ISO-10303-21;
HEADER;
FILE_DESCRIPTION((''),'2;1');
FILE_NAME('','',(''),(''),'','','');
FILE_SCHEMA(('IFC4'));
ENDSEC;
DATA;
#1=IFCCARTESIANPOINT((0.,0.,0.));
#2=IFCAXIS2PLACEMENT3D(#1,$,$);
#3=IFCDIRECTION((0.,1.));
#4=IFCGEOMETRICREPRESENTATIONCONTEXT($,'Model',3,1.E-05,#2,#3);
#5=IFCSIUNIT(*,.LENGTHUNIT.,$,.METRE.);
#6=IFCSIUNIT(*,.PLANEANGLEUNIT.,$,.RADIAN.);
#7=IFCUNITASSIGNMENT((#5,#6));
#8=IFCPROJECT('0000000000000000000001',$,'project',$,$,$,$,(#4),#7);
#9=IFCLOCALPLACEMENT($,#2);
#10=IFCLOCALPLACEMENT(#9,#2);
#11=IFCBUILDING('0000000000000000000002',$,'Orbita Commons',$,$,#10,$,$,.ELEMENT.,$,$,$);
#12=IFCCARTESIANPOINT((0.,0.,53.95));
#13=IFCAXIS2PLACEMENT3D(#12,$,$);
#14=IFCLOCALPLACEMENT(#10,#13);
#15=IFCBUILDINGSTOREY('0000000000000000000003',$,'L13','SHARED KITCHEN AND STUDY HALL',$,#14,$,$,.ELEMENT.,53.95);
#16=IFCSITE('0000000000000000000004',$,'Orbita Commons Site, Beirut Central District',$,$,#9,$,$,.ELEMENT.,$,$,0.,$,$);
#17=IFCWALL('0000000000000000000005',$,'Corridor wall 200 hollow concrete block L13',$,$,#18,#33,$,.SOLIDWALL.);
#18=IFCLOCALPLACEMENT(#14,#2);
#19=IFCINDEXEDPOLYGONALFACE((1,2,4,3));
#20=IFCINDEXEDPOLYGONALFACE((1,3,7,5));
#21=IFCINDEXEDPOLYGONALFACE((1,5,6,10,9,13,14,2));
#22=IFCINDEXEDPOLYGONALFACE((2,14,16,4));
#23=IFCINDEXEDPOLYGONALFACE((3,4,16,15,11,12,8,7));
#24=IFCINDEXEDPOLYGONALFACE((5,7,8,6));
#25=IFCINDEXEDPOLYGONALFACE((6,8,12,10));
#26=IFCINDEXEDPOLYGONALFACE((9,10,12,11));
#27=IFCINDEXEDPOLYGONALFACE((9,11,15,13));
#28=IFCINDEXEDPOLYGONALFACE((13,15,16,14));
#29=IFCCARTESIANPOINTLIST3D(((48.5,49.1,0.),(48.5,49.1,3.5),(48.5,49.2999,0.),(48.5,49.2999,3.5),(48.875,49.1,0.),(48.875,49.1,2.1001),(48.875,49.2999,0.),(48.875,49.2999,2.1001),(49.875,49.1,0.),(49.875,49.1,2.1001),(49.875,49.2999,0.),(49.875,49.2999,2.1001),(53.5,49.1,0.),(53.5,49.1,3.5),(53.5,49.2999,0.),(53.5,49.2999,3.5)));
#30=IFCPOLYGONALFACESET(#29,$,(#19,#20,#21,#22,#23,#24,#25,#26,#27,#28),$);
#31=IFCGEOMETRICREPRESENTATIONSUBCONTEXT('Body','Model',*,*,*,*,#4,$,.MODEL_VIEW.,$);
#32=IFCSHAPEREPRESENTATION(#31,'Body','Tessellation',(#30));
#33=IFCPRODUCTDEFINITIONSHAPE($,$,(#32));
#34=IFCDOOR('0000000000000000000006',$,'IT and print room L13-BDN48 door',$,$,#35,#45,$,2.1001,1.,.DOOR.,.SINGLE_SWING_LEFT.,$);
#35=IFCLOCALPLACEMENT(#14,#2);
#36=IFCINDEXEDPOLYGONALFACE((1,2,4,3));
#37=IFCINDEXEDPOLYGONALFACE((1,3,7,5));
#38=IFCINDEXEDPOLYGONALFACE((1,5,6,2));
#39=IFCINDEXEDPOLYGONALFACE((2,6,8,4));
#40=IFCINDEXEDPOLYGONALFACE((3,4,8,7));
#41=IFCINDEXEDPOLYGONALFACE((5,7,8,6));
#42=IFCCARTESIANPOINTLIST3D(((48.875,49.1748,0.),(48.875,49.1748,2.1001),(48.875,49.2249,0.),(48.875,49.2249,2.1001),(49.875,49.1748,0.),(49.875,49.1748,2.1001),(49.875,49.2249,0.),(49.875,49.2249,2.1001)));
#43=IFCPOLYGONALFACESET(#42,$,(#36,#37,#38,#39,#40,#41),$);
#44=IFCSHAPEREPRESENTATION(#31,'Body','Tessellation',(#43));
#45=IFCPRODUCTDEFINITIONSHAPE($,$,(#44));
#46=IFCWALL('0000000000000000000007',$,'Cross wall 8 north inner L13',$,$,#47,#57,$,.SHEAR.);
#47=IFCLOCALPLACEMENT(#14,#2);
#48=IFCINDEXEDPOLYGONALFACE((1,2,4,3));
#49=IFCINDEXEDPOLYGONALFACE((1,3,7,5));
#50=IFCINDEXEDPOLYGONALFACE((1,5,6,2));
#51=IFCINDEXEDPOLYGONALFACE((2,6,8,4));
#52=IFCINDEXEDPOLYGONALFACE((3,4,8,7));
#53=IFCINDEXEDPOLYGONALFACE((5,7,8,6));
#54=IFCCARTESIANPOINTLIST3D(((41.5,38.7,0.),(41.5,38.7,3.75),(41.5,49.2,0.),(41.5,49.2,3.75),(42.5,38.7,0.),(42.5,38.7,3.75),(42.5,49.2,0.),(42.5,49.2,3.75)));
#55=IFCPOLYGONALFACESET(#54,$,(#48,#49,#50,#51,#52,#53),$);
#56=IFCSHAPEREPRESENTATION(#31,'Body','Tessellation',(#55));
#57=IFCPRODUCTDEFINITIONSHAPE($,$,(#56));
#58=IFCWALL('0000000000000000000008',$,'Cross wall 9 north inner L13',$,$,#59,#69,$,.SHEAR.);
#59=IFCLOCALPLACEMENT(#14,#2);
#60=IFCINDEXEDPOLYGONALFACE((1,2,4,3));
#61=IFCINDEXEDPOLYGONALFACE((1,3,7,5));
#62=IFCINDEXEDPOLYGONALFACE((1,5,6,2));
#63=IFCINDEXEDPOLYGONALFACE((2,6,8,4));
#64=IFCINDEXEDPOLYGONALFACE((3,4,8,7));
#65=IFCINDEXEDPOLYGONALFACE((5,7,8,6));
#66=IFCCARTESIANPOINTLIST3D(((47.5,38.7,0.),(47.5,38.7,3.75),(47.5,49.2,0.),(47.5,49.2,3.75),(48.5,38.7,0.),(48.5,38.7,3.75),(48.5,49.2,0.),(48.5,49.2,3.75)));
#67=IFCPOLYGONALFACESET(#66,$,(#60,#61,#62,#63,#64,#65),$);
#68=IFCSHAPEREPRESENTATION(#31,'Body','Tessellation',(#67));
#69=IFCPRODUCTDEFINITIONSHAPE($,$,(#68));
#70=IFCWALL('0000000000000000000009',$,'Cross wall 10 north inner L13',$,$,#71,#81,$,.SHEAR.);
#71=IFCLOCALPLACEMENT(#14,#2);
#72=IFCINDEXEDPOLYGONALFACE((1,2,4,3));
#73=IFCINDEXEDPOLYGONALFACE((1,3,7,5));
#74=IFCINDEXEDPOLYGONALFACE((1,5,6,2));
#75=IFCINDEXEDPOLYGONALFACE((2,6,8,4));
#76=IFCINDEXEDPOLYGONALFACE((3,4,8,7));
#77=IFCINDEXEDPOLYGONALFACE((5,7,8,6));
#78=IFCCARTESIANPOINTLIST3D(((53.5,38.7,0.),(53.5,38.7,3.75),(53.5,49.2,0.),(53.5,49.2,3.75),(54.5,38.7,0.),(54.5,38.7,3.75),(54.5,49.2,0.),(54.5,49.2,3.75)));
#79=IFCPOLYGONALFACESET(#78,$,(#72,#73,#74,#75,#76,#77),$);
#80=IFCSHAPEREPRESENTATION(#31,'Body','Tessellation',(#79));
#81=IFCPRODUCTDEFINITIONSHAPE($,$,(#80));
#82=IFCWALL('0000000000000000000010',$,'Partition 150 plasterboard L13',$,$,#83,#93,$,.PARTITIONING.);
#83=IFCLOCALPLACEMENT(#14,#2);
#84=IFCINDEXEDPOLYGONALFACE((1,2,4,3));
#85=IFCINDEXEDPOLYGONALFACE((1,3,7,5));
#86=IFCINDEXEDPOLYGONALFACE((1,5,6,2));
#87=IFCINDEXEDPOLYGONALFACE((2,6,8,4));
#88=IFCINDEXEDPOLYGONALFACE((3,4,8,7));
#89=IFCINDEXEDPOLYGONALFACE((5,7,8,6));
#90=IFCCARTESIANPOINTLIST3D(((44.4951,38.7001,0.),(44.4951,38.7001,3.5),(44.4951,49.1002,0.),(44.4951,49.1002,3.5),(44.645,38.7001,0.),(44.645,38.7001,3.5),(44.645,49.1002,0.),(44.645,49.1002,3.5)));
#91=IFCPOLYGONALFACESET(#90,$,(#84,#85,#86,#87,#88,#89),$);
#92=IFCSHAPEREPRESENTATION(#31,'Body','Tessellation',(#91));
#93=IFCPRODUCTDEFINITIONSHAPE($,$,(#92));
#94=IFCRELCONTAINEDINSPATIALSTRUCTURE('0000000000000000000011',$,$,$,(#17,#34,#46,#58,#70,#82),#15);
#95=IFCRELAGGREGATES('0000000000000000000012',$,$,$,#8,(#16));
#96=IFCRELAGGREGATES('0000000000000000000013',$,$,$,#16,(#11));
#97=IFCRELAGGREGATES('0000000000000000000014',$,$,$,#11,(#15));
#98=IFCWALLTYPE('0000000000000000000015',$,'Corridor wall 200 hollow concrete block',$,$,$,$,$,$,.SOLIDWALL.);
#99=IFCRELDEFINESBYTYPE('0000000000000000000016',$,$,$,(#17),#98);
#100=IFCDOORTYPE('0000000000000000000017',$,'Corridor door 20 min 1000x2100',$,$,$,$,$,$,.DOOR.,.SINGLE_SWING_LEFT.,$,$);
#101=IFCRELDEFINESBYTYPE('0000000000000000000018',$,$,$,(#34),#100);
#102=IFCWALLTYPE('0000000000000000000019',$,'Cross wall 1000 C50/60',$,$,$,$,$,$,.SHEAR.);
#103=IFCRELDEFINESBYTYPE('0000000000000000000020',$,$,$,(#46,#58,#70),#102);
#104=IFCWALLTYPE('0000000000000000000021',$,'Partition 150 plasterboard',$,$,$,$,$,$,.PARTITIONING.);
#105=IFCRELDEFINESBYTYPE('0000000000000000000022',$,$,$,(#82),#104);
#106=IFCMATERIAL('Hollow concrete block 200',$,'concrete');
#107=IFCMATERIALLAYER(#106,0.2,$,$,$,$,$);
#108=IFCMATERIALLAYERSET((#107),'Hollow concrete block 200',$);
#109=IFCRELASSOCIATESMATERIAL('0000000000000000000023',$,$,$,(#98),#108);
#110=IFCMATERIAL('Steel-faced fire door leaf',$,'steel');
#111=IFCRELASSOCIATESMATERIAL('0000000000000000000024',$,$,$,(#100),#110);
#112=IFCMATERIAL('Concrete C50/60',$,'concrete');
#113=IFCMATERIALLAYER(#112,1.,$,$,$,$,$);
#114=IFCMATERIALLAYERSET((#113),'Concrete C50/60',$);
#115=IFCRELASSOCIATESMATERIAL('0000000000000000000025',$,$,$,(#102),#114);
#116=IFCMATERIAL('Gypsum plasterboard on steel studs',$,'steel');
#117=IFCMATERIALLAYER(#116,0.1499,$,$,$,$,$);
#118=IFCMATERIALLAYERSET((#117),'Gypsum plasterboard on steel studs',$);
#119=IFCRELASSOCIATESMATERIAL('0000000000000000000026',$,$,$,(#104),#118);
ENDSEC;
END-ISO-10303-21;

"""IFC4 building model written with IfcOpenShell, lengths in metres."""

from ifc_helpers import new_model, si_unit, direction, frame, frame_2d, origin, place, context, subcontext, project, spatial, rectangle, extrude, material, layer, layer_set, type_object, element, fill, save


model = new_model("IFC4")

# Units and contexts
model_context = context("Model", 3, precision=1e-05, world=origin(), true_north=direction((0.0, 1.0)))
body_context = subcontext(model_context, "Body", "Model", "MODEL_VIEW")
ifc_project = project(units=[si_unit("LENGTHUNIT", "METRE"), si_unit("PLANEANGLEUNIT", "RADIAN")], contexts=[model_context])

# Site, building, storey
site_placement = place(None, origin())
site = spatial("IfcSite", under=ifc_project, at=site_placement, Name="Orbita Commons Site, Beirut Central District", CompositionType="ELEMENT", RefElevation=0.0)
building_placement = place(site_placement, origin())
building = spatial("IfcBuilding", under=site, at=building_placement, Name="Orbita Commons", CompositionType="ELEMENT")
storey_placement = place(building_placement, frame((0.0, 0.0, 53.95)))
storey = spatial("IfcBuildingStorey", under=building, at=storey_placement, Name="L13", Description="SHARED KITCHEN AND STUDY HALL", CompositionType="ELEMENT", Elevation=53.95)

# Shared definitions
ifc_material_1 = material(Name="Hollow concrete block 200", Category="concrete")
ifc_layer_1 = layer(ifc_material_1, 0.2)
ifc_layer_set_1 = layer_set([ifc_layer_1], Name="Hollow concrete block 200")
wall_type_1 = type_object("IfcWallType", Name="Corridor wall 200 hollow concrete block", PredefinedType="SOLIDWALL", material=ifc_layer_set_1)

# Wall, opening, door
wall_1_placement = place(storey_placement, frame((48.5, 49.2, 0.0), z_axis=(0.0, 0.0, 1.0), x_axis=(1.0, 0.0, 0.0)))
wall_1 = element("IfcWall", 1, at=wall_1_placement, inside=storey, type_object=wall_type_1, Name="Corridor wall 200 hollow concrete block L13", PredefinedType="SOLIDWALL", context=body_context, shape_type="SweptSolid", body=[
    extrude(rectangle(XDim=5.0, YDim=0.2, at=frame_2d((2.5, 0.0))), origin(), (0.0, 0.0, 1.0), 3.5),
])
opening_1_placement = place(wall_1_placement, frame((0.375, 0.0, 0.0)))
opening_1 = element("IfcOpeningElement", 2, at=opening_1_placement, cuts=wall_1, PredefinedType="OPENING", context=body_context, shape_type="SweptSolid", body=[
    extrude(rectangle(XDim=1.0, YDim=2.1001, at=frame_2d((0.5, 1.05))), frame((0.0, 0.1099, 0.0), z_axis=(0.0, -1.0, 0.0), x_axis=(1.0, 0.0, 0.0)), (0.0, 0.0, 1.0), 0.22),
])
ifc_material_2 = material(Name="Steel-faced fire door leaf", Category="steel")
door_type_1 = type_object("IfcDoorType", Name="Corridor door 20 min 1000x2100", OperationType="SINGLE_SWING_LEFT", PredefinedType="DOOR", material=ifc_material_2)
door_1_placement = place(opening_1_placement, origin())
door_1 = element("IfcDoor", 3, at=door_1_placement, inside=storey, type_object=door_type_1, Name="IT and print room L13-BDN48 door", OperationType="SINGLE_SWING_LEFT", OverallHeight=2.1001, OverallWidth=1.0, PredefinedType="DOOR", context=body_context, shape_type="SweptSolid", body=[
    extrude(rectangle(XDim=1.0, YDim=2.1001, at=frame_2d((0.5, 1.05))), frame((0.0, 0.0249, 0.0), z_axis=(0.0, -1.0, 0.0), x_axis=(1.0, 0.0, 0.0)), (0.0, 0.0, 1.0), 0.05),
])
fill(opening_1, door_1)

# Walls
ifc_material_3 = material(Name="Concrete C50/60", Category="concrete")
ifc_layer_2 = layer(ifc_material_3, 1.0)
ifc_layer_set_2 = layer_set([ifc_layer_2], Name="Concrete C50/60")
wall_type_2 = type_object("IfcWallType", Name="Cross wall 1000 C50/60", PredefinedType="SHEAR", material=ifc_layer_set_2)
for number, where, z_axis, x_axis, name in (
    (4, (42.0, 38.7, 0.0), (0.0, 0.0, 1.0), (0.0, 1.0, 0.0), "Cross wall 8 north inner L13"),
    (5, (48.0, 38.7, 0.0), (0.0, 0.0, 1.0), (0.0, 1.0, 0.0), "Cross wall 9 north inner L13"),
    (6, (54.0, 38.7, 0.0), (0.0, 0.0, 1.0), (0.0, 1.0, 0.0), "Cross wall 10 north inner L13"),
):
    element("IfcWall", number, at=place(storey_placement, frame(where, z_axis=z_axis, x_axis=x_axis)), inside=storey, type_object=wall_type_2, Name=name, PredefinedType="SHEAR", context=body_context, shape_type="SweptSolid", body=[
        extrude(rectangle(XDim=10.5, YDim=1.0, at=frame_2d((5.25, 0.0))), origin(), (0.0, 0.0, 1.0), 3.75),
    ])
ifc_material_4 = material(Name="Gypsum plasterboard on steel studs", Category="steel")
ifc_layer_3 = layer(ifc_material_4, 0.1499)
ifc_layer_set_3 = layer_set([ifc_layer_3], Name="Gypsum plasterboard on steel studs")
wall_type_3 = type_object("IfcWallType", Name="Partition 150 plasterboard", PredefinedType="PARTITIONING", material=ifc_layer_set_3)
wall_2_placement = place(storey_placement, frame((44.5701, 38.7, 0.0), z_axis=(0.0, 0.0, 1.0), x_axis=(0.0, 1.0, 0.0)))
element("IfcWall", 7, at=wall_2_placement, inside=storey, type_object=wall_type_3, Name="Partition 150 plasterboard L13", PredefinedType="PARTITIONING", context=body_context, shape_type="SweptSolid", body=[
    extrude(rectangle(XDim=10.4001, YDim=0.1499, at=frame_2d((5.2002, 0.0))), origin(), (0.0, 0.0, 1.0), 3.5),
])

save(model, "model.ifc")
